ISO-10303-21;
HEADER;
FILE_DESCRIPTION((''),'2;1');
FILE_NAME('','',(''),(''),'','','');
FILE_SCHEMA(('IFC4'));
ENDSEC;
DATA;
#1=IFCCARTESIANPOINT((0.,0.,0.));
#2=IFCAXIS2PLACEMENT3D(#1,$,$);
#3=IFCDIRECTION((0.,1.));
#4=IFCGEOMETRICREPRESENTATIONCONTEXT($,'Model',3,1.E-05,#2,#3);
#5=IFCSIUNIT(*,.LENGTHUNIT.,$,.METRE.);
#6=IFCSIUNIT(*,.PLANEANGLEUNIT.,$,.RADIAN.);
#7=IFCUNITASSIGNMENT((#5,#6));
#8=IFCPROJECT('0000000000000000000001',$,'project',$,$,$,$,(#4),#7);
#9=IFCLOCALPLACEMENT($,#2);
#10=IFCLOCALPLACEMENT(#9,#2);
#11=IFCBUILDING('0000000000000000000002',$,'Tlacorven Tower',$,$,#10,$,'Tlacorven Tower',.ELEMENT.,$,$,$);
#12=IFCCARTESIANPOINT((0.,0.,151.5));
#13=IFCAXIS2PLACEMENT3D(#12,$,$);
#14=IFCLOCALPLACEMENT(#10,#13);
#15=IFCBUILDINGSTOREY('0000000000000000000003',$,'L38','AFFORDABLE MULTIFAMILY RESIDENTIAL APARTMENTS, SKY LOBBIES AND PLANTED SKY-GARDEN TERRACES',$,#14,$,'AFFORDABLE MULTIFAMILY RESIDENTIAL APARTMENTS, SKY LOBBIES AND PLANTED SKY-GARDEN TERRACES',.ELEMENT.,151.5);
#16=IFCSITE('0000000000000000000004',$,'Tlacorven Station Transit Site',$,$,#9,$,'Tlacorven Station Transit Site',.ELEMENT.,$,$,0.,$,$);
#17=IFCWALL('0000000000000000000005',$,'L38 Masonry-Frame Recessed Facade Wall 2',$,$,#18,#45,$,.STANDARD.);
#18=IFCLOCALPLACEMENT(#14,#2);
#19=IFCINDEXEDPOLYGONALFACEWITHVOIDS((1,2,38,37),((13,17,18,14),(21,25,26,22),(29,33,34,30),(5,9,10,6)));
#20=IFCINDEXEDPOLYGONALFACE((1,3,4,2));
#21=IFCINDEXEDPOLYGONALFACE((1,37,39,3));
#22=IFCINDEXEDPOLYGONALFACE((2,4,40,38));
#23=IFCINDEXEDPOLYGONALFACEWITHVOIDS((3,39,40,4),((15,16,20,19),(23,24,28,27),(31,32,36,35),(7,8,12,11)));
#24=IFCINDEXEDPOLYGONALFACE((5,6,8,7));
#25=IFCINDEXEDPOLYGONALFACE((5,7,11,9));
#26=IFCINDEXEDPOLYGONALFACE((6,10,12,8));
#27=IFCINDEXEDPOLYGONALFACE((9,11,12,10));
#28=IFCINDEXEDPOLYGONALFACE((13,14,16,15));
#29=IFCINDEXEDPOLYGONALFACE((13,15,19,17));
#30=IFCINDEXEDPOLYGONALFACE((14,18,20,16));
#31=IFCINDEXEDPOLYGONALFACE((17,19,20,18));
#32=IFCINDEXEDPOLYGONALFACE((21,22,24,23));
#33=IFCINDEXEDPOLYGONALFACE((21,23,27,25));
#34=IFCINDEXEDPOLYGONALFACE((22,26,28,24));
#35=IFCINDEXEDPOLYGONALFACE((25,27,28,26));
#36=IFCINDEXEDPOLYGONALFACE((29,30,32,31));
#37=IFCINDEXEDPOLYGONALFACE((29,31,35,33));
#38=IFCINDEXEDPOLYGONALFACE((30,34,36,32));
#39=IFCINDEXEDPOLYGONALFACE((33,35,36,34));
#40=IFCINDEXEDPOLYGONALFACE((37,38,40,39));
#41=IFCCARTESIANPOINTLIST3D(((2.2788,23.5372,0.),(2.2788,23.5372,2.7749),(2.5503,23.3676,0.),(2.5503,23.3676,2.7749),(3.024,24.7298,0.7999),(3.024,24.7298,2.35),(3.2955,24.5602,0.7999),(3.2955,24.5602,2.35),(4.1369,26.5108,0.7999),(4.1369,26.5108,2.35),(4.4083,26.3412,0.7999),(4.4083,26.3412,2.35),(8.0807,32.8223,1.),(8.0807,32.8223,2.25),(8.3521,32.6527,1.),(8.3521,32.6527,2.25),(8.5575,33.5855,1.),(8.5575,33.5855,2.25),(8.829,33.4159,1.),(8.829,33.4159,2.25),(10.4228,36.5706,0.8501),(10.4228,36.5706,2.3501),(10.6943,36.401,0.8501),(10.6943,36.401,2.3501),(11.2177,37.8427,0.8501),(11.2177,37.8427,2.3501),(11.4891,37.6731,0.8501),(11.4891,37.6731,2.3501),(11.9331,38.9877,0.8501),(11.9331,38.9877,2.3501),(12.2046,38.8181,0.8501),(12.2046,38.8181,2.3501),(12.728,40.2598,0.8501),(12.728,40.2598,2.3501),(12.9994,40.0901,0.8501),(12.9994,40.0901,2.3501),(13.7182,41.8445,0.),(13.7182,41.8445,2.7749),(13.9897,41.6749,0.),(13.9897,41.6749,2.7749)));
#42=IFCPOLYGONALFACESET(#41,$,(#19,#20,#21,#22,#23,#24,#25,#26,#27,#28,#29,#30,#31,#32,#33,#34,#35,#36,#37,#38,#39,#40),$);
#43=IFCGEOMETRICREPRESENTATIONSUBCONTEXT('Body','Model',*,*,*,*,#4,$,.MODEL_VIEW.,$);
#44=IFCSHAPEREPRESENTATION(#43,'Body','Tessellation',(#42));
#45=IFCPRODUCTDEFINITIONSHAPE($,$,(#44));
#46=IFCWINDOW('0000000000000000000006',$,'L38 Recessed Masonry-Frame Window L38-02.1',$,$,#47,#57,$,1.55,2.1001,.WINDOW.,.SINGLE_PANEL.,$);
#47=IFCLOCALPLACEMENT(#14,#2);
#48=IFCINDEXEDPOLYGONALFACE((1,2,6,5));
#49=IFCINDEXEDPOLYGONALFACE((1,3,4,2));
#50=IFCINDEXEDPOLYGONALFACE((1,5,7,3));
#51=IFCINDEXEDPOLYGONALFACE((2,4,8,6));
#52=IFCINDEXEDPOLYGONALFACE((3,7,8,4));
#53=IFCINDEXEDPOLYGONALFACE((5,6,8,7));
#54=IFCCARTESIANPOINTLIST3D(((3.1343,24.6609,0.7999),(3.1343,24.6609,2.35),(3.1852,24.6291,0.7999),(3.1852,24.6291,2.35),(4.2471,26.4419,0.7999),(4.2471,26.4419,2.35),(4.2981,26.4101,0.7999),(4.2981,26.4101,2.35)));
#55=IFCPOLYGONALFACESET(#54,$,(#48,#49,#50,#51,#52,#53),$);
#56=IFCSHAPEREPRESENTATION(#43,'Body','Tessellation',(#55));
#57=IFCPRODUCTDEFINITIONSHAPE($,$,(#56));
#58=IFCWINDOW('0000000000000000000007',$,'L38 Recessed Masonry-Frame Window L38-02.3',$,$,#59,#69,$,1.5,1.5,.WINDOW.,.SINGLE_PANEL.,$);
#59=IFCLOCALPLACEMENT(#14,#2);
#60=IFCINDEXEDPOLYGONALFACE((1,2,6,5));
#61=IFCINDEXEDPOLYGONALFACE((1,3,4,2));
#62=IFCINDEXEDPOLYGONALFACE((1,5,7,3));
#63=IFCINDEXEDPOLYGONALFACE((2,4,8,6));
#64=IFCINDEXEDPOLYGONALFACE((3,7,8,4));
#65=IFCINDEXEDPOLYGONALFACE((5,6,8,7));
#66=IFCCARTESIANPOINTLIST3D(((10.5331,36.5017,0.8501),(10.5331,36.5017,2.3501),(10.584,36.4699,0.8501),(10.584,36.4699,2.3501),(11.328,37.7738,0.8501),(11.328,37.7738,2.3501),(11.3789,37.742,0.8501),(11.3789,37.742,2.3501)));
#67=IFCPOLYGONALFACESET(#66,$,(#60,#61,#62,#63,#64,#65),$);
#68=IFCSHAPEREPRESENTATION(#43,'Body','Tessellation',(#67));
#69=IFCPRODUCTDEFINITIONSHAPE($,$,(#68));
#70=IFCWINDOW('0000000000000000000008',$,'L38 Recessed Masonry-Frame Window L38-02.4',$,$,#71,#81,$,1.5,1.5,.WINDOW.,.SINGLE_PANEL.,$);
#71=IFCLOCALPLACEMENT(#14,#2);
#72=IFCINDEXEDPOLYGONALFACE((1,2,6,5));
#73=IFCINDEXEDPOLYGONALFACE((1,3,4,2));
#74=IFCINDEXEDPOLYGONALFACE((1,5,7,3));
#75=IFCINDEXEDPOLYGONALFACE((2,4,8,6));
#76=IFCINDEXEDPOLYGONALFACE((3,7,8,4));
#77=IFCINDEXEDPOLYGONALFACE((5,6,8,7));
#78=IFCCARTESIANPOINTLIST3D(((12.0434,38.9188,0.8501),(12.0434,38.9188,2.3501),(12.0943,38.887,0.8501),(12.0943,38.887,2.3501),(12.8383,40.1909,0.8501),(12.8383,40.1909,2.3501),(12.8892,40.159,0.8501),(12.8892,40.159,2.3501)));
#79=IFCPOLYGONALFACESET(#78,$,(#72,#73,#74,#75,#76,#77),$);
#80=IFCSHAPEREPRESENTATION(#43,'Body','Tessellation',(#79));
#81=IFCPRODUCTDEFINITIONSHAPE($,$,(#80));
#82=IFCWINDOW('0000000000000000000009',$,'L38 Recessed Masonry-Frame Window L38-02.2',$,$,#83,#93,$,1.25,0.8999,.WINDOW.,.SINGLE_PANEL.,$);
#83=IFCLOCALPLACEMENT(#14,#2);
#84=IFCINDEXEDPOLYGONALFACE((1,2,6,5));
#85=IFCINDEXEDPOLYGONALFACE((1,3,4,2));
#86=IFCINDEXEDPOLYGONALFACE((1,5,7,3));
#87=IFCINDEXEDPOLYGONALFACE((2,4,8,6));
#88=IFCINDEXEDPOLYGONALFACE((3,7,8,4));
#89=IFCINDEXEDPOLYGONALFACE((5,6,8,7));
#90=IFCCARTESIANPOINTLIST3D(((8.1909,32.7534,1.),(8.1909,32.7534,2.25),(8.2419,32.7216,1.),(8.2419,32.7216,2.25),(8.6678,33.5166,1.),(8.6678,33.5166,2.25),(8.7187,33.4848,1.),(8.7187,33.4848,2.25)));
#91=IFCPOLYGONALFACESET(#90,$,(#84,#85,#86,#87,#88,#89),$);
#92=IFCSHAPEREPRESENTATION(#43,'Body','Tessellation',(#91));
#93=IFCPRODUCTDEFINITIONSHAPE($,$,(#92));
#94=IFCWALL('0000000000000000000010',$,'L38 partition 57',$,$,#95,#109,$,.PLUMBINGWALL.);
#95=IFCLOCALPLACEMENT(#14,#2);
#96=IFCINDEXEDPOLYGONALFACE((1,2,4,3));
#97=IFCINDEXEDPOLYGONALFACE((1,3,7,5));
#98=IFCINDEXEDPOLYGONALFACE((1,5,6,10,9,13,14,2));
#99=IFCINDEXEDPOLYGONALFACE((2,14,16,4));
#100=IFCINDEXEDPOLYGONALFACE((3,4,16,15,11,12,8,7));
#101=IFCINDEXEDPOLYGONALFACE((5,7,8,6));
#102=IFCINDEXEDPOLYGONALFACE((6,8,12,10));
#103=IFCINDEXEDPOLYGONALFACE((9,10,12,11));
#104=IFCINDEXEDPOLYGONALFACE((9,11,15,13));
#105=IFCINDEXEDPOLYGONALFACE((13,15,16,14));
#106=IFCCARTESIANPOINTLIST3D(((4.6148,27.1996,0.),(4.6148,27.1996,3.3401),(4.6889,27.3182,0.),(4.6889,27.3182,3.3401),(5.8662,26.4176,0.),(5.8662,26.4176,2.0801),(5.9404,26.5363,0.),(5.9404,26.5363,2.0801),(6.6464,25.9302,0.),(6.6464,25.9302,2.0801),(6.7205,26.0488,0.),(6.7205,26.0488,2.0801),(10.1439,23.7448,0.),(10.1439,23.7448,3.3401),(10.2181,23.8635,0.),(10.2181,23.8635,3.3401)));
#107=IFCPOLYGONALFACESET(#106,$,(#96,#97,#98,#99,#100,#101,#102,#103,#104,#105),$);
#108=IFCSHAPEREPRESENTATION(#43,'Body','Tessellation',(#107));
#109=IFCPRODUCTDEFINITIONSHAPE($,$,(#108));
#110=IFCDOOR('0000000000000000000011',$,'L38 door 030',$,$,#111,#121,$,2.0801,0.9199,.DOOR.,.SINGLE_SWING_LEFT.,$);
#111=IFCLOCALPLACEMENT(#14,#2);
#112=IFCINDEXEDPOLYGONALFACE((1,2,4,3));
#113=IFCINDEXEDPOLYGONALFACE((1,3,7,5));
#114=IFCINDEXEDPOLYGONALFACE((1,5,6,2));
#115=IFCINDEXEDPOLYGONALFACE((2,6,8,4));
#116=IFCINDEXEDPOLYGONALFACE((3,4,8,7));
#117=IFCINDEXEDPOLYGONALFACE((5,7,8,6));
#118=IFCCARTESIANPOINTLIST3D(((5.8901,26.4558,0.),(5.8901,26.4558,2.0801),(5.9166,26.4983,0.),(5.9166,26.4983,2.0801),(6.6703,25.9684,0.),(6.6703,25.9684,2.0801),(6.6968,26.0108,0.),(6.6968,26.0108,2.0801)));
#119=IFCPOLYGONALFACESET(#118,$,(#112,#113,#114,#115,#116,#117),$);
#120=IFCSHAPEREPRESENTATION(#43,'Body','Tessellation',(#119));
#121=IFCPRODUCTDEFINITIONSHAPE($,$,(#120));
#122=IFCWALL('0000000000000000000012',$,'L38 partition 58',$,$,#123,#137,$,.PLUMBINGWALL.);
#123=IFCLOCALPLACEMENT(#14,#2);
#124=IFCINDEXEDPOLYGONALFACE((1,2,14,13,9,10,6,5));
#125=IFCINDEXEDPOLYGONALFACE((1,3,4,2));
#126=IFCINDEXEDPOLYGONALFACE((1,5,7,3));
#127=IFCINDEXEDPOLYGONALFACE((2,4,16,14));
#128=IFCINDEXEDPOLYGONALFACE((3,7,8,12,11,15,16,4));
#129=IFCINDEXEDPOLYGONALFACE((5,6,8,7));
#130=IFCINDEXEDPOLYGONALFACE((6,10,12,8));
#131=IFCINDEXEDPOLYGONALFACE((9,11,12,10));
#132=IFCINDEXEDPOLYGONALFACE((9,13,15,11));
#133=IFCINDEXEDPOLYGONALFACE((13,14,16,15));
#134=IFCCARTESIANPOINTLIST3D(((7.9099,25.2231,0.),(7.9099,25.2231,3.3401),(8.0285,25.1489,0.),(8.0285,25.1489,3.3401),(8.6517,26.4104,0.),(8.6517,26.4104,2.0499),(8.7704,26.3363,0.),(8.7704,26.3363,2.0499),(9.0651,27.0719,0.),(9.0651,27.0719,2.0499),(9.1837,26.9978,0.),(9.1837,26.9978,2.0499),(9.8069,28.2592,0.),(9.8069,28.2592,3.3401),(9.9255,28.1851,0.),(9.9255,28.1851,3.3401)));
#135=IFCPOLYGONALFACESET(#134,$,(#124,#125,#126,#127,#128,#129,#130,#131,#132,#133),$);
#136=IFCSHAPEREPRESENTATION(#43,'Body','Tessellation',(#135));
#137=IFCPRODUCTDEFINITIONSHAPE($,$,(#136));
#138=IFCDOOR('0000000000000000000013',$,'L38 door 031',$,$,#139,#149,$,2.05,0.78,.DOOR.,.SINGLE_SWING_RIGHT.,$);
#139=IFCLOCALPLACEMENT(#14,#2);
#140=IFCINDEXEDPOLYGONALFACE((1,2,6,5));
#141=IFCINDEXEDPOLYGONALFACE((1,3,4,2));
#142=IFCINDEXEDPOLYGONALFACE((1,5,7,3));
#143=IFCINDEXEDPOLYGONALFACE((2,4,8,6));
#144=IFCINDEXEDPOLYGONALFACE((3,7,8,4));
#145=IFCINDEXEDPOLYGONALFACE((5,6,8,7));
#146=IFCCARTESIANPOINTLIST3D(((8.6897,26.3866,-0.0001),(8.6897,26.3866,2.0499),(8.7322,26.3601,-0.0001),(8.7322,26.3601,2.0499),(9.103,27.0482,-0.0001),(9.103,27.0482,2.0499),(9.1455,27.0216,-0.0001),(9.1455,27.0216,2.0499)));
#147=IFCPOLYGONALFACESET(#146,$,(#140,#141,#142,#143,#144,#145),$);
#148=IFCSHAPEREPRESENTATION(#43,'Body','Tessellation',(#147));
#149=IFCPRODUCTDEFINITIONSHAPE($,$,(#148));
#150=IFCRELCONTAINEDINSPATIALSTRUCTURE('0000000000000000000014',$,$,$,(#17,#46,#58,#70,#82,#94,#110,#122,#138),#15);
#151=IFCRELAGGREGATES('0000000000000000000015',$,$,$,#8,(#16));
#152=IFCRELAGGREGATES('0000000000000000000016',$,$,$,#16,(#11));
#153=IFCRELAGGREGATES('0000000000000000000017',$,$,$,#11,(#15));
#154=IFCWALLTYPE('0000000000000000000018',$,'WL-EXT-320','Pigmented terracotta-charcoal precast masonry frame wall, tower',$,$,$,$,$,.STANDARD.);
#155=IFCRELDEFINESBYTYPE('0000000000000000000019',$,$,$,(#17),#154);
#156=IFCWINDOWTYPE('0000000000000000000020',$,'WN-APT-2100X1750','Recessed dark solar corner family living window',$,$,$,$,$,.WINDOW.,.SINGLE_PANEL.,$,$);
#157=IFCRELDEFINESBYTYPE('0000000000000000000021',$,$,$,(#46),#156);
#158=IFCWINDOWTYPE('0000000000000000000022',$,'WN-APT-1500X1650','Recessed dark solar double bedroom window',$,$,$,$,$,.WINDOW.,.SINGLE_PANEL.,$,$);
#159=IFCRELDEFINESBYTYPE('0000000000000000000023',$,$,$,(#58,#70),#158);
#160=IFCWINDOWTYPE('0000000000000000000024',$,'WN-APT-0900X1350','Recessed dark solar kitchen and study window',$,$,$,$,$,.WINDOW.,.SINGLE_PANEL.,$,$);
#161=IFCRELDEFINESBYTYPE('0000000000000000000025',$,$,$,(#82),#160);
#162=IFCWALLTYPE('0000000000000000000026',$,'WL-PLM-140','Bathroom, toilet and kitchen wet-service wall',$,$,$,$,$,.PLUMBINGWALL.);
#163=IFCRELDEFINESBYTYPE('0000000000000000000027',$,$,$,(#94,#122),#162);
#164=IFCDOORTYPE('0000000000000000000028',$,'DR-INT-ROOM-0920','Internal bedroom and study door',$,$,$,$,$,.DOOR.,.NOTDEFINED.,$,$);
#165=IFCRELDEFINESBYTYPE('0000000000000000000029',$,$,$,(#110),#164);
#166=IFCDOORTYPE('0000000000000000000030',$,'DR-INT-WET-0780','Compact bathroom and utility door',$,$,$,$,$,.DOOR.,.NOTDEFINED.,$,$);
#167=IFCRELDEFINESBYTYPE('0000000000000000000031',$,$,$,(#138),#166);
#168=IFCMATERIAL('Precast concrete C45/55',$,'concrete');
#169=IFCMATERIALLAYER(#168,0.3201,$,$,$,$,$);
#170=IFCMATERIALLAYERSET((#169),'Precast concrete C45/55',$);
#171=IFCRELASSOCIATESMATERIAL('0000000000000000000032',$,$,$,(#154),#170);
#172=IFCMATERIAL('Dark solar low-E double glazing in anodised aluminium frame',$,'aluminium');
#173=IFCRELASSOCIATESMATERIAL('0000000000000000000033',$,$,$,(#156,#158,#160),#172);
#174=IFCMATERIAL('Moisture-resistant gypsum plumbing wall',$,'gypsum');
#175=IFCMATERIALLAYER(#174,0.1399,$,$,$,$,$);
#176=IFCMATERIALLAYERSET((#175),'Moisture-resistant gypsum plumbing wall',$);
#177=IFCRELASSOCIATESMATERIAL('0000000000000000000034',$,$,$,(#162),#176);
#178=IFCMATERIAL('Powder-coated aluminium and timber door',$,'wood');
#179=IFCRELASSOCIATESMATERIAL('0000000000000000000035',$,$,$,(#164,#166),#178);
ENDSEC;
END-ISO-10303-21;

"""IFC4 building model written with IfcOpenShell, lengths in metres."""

from ifc_helpers import new_model, si_unit, direction, frame, frame_2d, origin, place, context, subcontext, project, spatial, rectangle, extrude, source, transform, mapped, material, layer, layer_set, type_object, element, fill, save


model = new_model("IFC4")

# Units and contexts
model_context = context("Model", 3, precision=1e-05, world=origin(), true_north=direction((0.0, 1.0)))
body_context = subcontext(model_context, "Body", "Model", "MODEL_VIEW")
ifc_project = project(units=[si_unit("LENGTHUNIT", "METRE"), si_unit("PLANEANGLEUNIT", "RADIAN")], contexts=[model_context])

# Site, building, storey
site_placement = place(None, origin())
site = spatial("IfcSite", under=ifc_project, at=site_placement, Name="Tlacorven Station Transit Site", LongName="Tlacorven Station Transit Site", CompositionType="ELEMENT", RefElevation=0.0)
building_placement = place(site_placement, origin())
building = spatial("IfcBuilding", under=site, at=building_placement, Name="Tlacorven Tower", LongName="Tlacorven Tower", CompositionType="ELEMENT")
storey_placement = place(building_placement, frame((0.0, 0.0, 151.5)))
storey = spatial("IfcBuildingStorey", under=building, at=storey_placement, Name="L38", Description="AFFORDABLE MULTIFAMILY RESIDENTIAL APARTMENTS, SKY LOBBIES AND PLANTED SKY-GARDEN TERRACES", LongName="AFFORDABLE MULTIFAMILY RESIDENTIAL APARTMENTS, SKY LOBBIES AND PLANTED SKY-GARDEN TERRACES", CompositionType="ELEMENT", Elevation=151.5)

# Wall, openings, windows
ifc_material_1 = material(Name="Precast concrete C45/55", Category="concrete")
ifc_layer_1 = layer(ifc_material_1, 0.3201)
ifc_layer_set_1 = layer_set([ifc_layer_1], Name="Precast concrete C45/55")
wall_type_1 = type_object("IfcWallType", Name="WL-EXT-320", Description="Pigmented terracotta-charcoal precast masonry frame wall, tower", PredefinedType="STANDARD", material=ifc_layer_set_1)
wall_1_placement = place(storey_placement, frame((2.4146, 23.4524, 0.0), z_axis=(0.0, 0.0, 1.0), x_axis=(0.52991, 0.848054, 0.0)))
wall_1 = element("IfcWall", 1, at=wall_1_placement, inside=storey, type_object=wall_type_1, Name="L38 Masonry-Frame Recessed Facade Wall 2", PredefinedType="STANDARD", context=body_context, shape_type="SweptSolid", body=[
    extrude(rectangle(XDim=21.5874, YDim=0.3201, at=frame_2d((10.7937, 0.0))), origin(), (0.0, 0.0, 1.0), 2.7749),
])
opening_1_placement = place(wall_1_placement, frame((1.4062, 0.0, 0.8)))
opening_1 = element("IfcOpeningElement", 2, at=opening_1_placement, cuts=wall_1, PredefinedType="OPENING", context=body_context, shape_type="SweptSolid", body=[
    extrude(rectangle(XDim=2.1001, YDim=1.55, at=frame_2d((1.05, 0.7749))), frame((0.0, 0.1699, 0.0), z_axis=(0.0, -1.0, 0.0), x_axis=(1.0, 0.0, 0.0)), (0.0, 0.0, 1.0), 0.3401),
])
opening_2_placement = place(wall_1_placement, frame((10.9487, 0.0, 1.0)))
opening_2 = element("IfcOpeningElement", 3, at=opening_2_placement, cuts=wall_1, PredefinedType="OPENING", context=body_context, shape_type="SweptSolid", body=[
    extrude(rectangle(XDim=0.8999, YDim=1.25, at=frame_2d((0.45, 0.625))), frame((0.0, 0.1699, 0.0), z_axis=(0.0, -1.0, 0.0), x_axis=(1.0, 0.0, 0.0)), (0.0, 0.0, 1.0), 0.3401),
])
opening_3_placement = place(wall_1_placement, frame((15.3687, 0.0, 0.8501)))
opening_3 = element("IfcOpeningElement", 4, at=opening_3_placement, cuts=wall_1, PredefinedType="OPENING", context=body_context, shape_type="SweptSolid", body=[
    extrude(rectangle(XDim=1.5, YDim=1.5, at=frame_2d((0.75, 0.75))), frame((0.0, 0.1699, 0.0), z_axis=(0.0, -1.0, 0.0), x_axis=(1.0, 0.0, 0.0)), (0.0, 0.0, 1.0), 0.3401),
])
opening_4_placement = place(wall_1_placement, frame((18.2188, 0.0, 0.8501)))
opening_4 = element("IfcOpeningElement", 5, at=opening_4_placement, cuts=wall_1, PredefinedType="OPENING", context=body_context, shape_type="SweptSolid", body=[
    extrude(rectangle(XDim=1.5, YDim=1.5, at=frame_2d((0.75, 0.75))), frame((0.0, 0.1699, 0.0), z_axis=(0.0, -1.0, 0.0), x_axis=(1.0, 0.0, 0.0)), (0.0, 0.0, 1.0), 0.3401),
])
ifc_material_2 = material(Name="Dark solar low-E double glazing in anodised aluminium frame", Category="aluminium")
window_type_1 = type_object("IfcWindowType", Name="WN-APT-2100X1750", Description="Recessed dark solar corner family living window", PartitioningType="SINGLE_PANEL", PredefinedType="WINDOW", material=ifc_material_2)
shared_shape_1 = source(origin(), body_context, "Body", "SweptSolid", [
    extrude(rectangle(XDim=2.1001, YDim=1.55, at=frame_2d((1.05, 0.7749))), frame((0.0, 0.03, 0.0), z_axis=(0.0, -1.0, 0.0), x_axis=(1.0, 0.0, 0.0)), (0.0, 0.0, 1.0), 0.0601),
])
window_1_placement = place(opening_1_placement, origin())
window_1 = element("IfcWindow", 6, at=window_1_placement, inside=storey, type_object=window_type_1, Name="L38 Recessed Masonry-Frame Window L38-02.1", OverallHeight=1.55, OverallWidth=2.1001, PartitioningType="SINGLE_PANEL", PredefinedType="WINDOW", context=body_context, shape_type="MappedRepresentation", body=[
    mapped(shared_shape_1, transform((0.0, 0.0, 0.0), scale=1.0)),
])
fill(opening_1, window_1)
window_type_2 = type_object("IfcWindowType", Name="WN-APT-1500X1650", Description="Recessed dark solar double bedroom window", PartitioningType="SINGLE_PANEL", PredefinedType="WINDOW", material=ifc_material_2)
shared_shape_2 = source(origin(), body_context, "Body", "SweptSolid", [
    extrude(rectangle(XDim=1.5, YDim=1.5, at=frame_2d((0.75, 0.75))), frame((0.0, 0.03, 0.0), z_axis=(0.0, -1.0, 0.0), x_axis=(1.0, 0.0, 0.0)), (0.0, 0.0, 1.0), 0.0601),
])
window_2_placement = place(opening_3_placement, origin())
window_2 = element("IfcWindow", 7, at=window_2_placement, inside=storey, type_object=window_type_2, Name="L38 Recessed Masonry-Frame Window L38-02.3", OverallHeight=1.5, OverallWidth=1.5, PartitioningType="SINGLE_PANEL", PredefinedType="WINDOW", context=body_context, shape_type="MappedRepresentation", body=[
    mapped(shared_shape_2, transform((0.0, 0.0, 0.0), scale=1.0)),
])
fill(opening_3, window_2)
window_3_placement = place(opening_4_placement, origin())
window_3 = element("IfcWindow", 8, at=window_3_placement, inside=storey, type_object=window_type_2, Name="L38 Recessed Masonry-Frame Window L38-02.4", OverallHeight=1.5, OverallWidth=1.5, PartitioningType="SINGLE_PANEL", PredefinedType="WINDOW", context=body_context, shape_type="MappedRepresentation", body=[
    mapped(shared_shape_2, transform((0.0, 0.0, 0.0), scale=1.0)),
])
fill(opening_4, window_3)
window_type_3 = type_object("IfcWindowType", Name="WN-APT-0900X1350", Description="Recessed dark solar kitchen and study window", PartitioningType="SINGLE_PANEL", PredefinedType="WINDOW", material=ifc_material_2)
shared_shape_3 = source(origin(), body_context, "Body", "SweptSolid", [
    extrude(rectangle(XDim=0.8999, YDim=1.25, at=frame_2d((0.45, 0.625))), frame((0.0, 0.03, 0.0), z_axis=(0.0, -1.0, 0.0), x_axis=(1.0, 0.0, 0.0)), (0.0, 0.0, 1.0), 0.0601),
])
window_4_placement = place(opening_2_placement, origin())
window_4 = element("IfcWindow", 9, at=window_4_placement, inside=storey, type_object=window_type_3, Name="L38 Recessed Masonry-Frame Window L38-02.2", OverallHeight=1.25, OverallWidth=0.8999, PartitioningType="SINGLE_PANEL", PredefinedType="WINDOW", context=body_context, shape_type="MappedRepresentation", body=[
    mapped(shared_shape_3, transform((0.0, 0.0, 0.0), scale=1.0)),
])
fill(opening_2, window_4)

# Walls, openings, doors
ifc_material_3 = material(Name="Moisture-resistant gypsum plumbing wall", Category="gypsum")
ifc_layer_2 = layer(ifc_material_3, 0.1399)
ifc_layer_set_2 = layer_set([ifc_layer_2], Name="Moisture-resistant gypsum plumbing wall")
wall_type_2 = type_object("IfcWallType", Name="WL-PLM-140", Description="Bathroom, toilet and kitchen wet-service wall", PredefinedType="PLUMBINGWALL", material=ifc_layer_set_2)
wall_2_placement = place(storey_placement, frame((10.1809, 23.8042, 0.0), z_axis=(0.0, 0.0, 1.0), x_axis=(-0.848066, 0.529891, 0.0)))
wall_2 = element("IfcWall", 10, at=wall_2_placement, inside=storey, type_object=wall_type_2, Name="L38 partition 57", PredefinedType="PLUMBINGWALL", context=body_context, shape_type="SweptSolid", body=[
    extrude(rectangle(XDim=6.5198, YDim=0.1399, at=frame_2d((3.2598, 0.0))), origin(), (0.0, 0.0, 1.0), 3.3401),
])
opening_5_placement = place(wall_2_placement, frame((4.124, 0.0, 0.0)))
opening_5 = element("IfcOpeningElement", 11, at=opening_5_placement, cuts=wall_2, PredefinedType="OPENING", context=body_context, shape_type="SweptSolid", body=[
    extrude(rectangle(XDim=0.9199, YDim=2.0801, at=frame_2d((0.46, 1.04))), frame((0.0, 0.0801, 0.0), z_axis=(0.0, -1.0, 0.0), x_axis=(1.0, 0.0, 0.0)), (0.0, 0.0, 1.0), 0.1599),
])
ifc_material_4 = material(Name="Powder-coated aluminium and timber door", Category="wood")
door_type_1 = type_object("IfcDoorType", Name="DR-INT-ROOM-0920", Description="Internal bedroom and study door", OperationType="NOTDEFINED", PredefinedType="DOOR", material=ifc_material_4)
shared_shape_4 = source(origin(), body_context, "Body", "SweptSolid", [
    extrude(rectangle(XDim=0.9199, YDim=2.0801, at=frame_2d((0.46, 1.04))), frame((0.0, 0.0249, 0.0), z_axis=(0.0, -1.0, 0.0), x_axis=(1.0, 0.0, 0.0)), (0.0, 0.0, 1.0), 0.05),
])
door_1_placement = place(opening_5_placement, origin())
door_1 = element("IfcDoor", 12, at=door_1_placement, inside=storey, type_object=door_type_1, Name="L38 door 030", OperationType="SINGLE_SWING_LEFT", OverallHeight=2.0801, OverallWidth=0.9199, PredefinedType="DOOR", context=body_context, shape_type="MappedRepresentation", body=[
    mapped(shared_shape_4, transform((0.0, 0.0, 0.0), scale=1.0)),
])
fill(opening_5, door_1)
wall_3_placement = place(storey_placement, frame((9.8662, 28.2222, 0.0), z_axis=(0.0, 0.0, 1.0), x_axis=(-0.529876, -0.848075, 0.0)))
wall_3 = element("IfcWall", 13, at=wall_3_placement, inside=storey, type_object=wall_type_2, Name="L38 partition 58", PredefinedType="PLUMBINGWALL", context=body_context, shape_type="SweptSolid", body=[
    extrude(rectangle(XDim=3.5801, YDim=0.1399, at=frame_2d((1.79, 0.0))), origin(), (0.0, 0.0, 1.0), 3.3401),
])
opening_6_placement = place(wall_3_placement, frame((1.3999, 0.0, 0.0)))
opening_6 = element("IfcOpeningElement", 14, at=opening_6_placement, cuts=wall_3, PredefinedType="OPENING", context=body_context, shape_type="SweptSolid", body=[
    extrude(rectangle(XDim=0.78, YDim=2.05, at=frame_2d((0.3901, 1.0249))), frame((0.0, 0.0801, 0.0), z_axis=(0.0, -1.0, 0.0), x_axis=(1.0, 0.0, 0.0)), (0.0, 0.0, 1.0), 0.1599),
])
door_type_2 = type_object("IfcDoorType", Name="DR-INT-WET-0780", Description="Compact bathroom and utility door", OperationType="NOTDEFINED", PredefinedType="DOOR", material=ifc_material_4)
shared_shape_5 = source(origin(), body_context, "Body", "SweptSolid", [
    extrude(rectangle(XDim=0.78, YDim=2.05, at=frame_2d((0.3901, 1.0249))), frame((0.0, 0.0249, 0.0), z_axis=(0.0, -1.0, 0.0), x_axis=(1.0, 0.0, 0.0)), (0.0, 0.0, 1.0), 0.05),
])
door_2_placement = place(opening_6_placement, origin())
door_2 = element("IfcDoor", 15, at=door_2_placement, inside=storey, type_object=door_type_2, Name="L38 door 031", OperationType="SINGLE_SWING_RIGHT", OverallHeight=2.05, OverallWidth=0.78, PredefinedType="DOOR", context=body_context, shape_type="MappedRepresentation", body=[
    mapped(shared_shape_5, transform((0.0, 0.0, 0.0), scale=1.0)),
])
fill(opening_6, door_2)

save(model, "model.ifc")
